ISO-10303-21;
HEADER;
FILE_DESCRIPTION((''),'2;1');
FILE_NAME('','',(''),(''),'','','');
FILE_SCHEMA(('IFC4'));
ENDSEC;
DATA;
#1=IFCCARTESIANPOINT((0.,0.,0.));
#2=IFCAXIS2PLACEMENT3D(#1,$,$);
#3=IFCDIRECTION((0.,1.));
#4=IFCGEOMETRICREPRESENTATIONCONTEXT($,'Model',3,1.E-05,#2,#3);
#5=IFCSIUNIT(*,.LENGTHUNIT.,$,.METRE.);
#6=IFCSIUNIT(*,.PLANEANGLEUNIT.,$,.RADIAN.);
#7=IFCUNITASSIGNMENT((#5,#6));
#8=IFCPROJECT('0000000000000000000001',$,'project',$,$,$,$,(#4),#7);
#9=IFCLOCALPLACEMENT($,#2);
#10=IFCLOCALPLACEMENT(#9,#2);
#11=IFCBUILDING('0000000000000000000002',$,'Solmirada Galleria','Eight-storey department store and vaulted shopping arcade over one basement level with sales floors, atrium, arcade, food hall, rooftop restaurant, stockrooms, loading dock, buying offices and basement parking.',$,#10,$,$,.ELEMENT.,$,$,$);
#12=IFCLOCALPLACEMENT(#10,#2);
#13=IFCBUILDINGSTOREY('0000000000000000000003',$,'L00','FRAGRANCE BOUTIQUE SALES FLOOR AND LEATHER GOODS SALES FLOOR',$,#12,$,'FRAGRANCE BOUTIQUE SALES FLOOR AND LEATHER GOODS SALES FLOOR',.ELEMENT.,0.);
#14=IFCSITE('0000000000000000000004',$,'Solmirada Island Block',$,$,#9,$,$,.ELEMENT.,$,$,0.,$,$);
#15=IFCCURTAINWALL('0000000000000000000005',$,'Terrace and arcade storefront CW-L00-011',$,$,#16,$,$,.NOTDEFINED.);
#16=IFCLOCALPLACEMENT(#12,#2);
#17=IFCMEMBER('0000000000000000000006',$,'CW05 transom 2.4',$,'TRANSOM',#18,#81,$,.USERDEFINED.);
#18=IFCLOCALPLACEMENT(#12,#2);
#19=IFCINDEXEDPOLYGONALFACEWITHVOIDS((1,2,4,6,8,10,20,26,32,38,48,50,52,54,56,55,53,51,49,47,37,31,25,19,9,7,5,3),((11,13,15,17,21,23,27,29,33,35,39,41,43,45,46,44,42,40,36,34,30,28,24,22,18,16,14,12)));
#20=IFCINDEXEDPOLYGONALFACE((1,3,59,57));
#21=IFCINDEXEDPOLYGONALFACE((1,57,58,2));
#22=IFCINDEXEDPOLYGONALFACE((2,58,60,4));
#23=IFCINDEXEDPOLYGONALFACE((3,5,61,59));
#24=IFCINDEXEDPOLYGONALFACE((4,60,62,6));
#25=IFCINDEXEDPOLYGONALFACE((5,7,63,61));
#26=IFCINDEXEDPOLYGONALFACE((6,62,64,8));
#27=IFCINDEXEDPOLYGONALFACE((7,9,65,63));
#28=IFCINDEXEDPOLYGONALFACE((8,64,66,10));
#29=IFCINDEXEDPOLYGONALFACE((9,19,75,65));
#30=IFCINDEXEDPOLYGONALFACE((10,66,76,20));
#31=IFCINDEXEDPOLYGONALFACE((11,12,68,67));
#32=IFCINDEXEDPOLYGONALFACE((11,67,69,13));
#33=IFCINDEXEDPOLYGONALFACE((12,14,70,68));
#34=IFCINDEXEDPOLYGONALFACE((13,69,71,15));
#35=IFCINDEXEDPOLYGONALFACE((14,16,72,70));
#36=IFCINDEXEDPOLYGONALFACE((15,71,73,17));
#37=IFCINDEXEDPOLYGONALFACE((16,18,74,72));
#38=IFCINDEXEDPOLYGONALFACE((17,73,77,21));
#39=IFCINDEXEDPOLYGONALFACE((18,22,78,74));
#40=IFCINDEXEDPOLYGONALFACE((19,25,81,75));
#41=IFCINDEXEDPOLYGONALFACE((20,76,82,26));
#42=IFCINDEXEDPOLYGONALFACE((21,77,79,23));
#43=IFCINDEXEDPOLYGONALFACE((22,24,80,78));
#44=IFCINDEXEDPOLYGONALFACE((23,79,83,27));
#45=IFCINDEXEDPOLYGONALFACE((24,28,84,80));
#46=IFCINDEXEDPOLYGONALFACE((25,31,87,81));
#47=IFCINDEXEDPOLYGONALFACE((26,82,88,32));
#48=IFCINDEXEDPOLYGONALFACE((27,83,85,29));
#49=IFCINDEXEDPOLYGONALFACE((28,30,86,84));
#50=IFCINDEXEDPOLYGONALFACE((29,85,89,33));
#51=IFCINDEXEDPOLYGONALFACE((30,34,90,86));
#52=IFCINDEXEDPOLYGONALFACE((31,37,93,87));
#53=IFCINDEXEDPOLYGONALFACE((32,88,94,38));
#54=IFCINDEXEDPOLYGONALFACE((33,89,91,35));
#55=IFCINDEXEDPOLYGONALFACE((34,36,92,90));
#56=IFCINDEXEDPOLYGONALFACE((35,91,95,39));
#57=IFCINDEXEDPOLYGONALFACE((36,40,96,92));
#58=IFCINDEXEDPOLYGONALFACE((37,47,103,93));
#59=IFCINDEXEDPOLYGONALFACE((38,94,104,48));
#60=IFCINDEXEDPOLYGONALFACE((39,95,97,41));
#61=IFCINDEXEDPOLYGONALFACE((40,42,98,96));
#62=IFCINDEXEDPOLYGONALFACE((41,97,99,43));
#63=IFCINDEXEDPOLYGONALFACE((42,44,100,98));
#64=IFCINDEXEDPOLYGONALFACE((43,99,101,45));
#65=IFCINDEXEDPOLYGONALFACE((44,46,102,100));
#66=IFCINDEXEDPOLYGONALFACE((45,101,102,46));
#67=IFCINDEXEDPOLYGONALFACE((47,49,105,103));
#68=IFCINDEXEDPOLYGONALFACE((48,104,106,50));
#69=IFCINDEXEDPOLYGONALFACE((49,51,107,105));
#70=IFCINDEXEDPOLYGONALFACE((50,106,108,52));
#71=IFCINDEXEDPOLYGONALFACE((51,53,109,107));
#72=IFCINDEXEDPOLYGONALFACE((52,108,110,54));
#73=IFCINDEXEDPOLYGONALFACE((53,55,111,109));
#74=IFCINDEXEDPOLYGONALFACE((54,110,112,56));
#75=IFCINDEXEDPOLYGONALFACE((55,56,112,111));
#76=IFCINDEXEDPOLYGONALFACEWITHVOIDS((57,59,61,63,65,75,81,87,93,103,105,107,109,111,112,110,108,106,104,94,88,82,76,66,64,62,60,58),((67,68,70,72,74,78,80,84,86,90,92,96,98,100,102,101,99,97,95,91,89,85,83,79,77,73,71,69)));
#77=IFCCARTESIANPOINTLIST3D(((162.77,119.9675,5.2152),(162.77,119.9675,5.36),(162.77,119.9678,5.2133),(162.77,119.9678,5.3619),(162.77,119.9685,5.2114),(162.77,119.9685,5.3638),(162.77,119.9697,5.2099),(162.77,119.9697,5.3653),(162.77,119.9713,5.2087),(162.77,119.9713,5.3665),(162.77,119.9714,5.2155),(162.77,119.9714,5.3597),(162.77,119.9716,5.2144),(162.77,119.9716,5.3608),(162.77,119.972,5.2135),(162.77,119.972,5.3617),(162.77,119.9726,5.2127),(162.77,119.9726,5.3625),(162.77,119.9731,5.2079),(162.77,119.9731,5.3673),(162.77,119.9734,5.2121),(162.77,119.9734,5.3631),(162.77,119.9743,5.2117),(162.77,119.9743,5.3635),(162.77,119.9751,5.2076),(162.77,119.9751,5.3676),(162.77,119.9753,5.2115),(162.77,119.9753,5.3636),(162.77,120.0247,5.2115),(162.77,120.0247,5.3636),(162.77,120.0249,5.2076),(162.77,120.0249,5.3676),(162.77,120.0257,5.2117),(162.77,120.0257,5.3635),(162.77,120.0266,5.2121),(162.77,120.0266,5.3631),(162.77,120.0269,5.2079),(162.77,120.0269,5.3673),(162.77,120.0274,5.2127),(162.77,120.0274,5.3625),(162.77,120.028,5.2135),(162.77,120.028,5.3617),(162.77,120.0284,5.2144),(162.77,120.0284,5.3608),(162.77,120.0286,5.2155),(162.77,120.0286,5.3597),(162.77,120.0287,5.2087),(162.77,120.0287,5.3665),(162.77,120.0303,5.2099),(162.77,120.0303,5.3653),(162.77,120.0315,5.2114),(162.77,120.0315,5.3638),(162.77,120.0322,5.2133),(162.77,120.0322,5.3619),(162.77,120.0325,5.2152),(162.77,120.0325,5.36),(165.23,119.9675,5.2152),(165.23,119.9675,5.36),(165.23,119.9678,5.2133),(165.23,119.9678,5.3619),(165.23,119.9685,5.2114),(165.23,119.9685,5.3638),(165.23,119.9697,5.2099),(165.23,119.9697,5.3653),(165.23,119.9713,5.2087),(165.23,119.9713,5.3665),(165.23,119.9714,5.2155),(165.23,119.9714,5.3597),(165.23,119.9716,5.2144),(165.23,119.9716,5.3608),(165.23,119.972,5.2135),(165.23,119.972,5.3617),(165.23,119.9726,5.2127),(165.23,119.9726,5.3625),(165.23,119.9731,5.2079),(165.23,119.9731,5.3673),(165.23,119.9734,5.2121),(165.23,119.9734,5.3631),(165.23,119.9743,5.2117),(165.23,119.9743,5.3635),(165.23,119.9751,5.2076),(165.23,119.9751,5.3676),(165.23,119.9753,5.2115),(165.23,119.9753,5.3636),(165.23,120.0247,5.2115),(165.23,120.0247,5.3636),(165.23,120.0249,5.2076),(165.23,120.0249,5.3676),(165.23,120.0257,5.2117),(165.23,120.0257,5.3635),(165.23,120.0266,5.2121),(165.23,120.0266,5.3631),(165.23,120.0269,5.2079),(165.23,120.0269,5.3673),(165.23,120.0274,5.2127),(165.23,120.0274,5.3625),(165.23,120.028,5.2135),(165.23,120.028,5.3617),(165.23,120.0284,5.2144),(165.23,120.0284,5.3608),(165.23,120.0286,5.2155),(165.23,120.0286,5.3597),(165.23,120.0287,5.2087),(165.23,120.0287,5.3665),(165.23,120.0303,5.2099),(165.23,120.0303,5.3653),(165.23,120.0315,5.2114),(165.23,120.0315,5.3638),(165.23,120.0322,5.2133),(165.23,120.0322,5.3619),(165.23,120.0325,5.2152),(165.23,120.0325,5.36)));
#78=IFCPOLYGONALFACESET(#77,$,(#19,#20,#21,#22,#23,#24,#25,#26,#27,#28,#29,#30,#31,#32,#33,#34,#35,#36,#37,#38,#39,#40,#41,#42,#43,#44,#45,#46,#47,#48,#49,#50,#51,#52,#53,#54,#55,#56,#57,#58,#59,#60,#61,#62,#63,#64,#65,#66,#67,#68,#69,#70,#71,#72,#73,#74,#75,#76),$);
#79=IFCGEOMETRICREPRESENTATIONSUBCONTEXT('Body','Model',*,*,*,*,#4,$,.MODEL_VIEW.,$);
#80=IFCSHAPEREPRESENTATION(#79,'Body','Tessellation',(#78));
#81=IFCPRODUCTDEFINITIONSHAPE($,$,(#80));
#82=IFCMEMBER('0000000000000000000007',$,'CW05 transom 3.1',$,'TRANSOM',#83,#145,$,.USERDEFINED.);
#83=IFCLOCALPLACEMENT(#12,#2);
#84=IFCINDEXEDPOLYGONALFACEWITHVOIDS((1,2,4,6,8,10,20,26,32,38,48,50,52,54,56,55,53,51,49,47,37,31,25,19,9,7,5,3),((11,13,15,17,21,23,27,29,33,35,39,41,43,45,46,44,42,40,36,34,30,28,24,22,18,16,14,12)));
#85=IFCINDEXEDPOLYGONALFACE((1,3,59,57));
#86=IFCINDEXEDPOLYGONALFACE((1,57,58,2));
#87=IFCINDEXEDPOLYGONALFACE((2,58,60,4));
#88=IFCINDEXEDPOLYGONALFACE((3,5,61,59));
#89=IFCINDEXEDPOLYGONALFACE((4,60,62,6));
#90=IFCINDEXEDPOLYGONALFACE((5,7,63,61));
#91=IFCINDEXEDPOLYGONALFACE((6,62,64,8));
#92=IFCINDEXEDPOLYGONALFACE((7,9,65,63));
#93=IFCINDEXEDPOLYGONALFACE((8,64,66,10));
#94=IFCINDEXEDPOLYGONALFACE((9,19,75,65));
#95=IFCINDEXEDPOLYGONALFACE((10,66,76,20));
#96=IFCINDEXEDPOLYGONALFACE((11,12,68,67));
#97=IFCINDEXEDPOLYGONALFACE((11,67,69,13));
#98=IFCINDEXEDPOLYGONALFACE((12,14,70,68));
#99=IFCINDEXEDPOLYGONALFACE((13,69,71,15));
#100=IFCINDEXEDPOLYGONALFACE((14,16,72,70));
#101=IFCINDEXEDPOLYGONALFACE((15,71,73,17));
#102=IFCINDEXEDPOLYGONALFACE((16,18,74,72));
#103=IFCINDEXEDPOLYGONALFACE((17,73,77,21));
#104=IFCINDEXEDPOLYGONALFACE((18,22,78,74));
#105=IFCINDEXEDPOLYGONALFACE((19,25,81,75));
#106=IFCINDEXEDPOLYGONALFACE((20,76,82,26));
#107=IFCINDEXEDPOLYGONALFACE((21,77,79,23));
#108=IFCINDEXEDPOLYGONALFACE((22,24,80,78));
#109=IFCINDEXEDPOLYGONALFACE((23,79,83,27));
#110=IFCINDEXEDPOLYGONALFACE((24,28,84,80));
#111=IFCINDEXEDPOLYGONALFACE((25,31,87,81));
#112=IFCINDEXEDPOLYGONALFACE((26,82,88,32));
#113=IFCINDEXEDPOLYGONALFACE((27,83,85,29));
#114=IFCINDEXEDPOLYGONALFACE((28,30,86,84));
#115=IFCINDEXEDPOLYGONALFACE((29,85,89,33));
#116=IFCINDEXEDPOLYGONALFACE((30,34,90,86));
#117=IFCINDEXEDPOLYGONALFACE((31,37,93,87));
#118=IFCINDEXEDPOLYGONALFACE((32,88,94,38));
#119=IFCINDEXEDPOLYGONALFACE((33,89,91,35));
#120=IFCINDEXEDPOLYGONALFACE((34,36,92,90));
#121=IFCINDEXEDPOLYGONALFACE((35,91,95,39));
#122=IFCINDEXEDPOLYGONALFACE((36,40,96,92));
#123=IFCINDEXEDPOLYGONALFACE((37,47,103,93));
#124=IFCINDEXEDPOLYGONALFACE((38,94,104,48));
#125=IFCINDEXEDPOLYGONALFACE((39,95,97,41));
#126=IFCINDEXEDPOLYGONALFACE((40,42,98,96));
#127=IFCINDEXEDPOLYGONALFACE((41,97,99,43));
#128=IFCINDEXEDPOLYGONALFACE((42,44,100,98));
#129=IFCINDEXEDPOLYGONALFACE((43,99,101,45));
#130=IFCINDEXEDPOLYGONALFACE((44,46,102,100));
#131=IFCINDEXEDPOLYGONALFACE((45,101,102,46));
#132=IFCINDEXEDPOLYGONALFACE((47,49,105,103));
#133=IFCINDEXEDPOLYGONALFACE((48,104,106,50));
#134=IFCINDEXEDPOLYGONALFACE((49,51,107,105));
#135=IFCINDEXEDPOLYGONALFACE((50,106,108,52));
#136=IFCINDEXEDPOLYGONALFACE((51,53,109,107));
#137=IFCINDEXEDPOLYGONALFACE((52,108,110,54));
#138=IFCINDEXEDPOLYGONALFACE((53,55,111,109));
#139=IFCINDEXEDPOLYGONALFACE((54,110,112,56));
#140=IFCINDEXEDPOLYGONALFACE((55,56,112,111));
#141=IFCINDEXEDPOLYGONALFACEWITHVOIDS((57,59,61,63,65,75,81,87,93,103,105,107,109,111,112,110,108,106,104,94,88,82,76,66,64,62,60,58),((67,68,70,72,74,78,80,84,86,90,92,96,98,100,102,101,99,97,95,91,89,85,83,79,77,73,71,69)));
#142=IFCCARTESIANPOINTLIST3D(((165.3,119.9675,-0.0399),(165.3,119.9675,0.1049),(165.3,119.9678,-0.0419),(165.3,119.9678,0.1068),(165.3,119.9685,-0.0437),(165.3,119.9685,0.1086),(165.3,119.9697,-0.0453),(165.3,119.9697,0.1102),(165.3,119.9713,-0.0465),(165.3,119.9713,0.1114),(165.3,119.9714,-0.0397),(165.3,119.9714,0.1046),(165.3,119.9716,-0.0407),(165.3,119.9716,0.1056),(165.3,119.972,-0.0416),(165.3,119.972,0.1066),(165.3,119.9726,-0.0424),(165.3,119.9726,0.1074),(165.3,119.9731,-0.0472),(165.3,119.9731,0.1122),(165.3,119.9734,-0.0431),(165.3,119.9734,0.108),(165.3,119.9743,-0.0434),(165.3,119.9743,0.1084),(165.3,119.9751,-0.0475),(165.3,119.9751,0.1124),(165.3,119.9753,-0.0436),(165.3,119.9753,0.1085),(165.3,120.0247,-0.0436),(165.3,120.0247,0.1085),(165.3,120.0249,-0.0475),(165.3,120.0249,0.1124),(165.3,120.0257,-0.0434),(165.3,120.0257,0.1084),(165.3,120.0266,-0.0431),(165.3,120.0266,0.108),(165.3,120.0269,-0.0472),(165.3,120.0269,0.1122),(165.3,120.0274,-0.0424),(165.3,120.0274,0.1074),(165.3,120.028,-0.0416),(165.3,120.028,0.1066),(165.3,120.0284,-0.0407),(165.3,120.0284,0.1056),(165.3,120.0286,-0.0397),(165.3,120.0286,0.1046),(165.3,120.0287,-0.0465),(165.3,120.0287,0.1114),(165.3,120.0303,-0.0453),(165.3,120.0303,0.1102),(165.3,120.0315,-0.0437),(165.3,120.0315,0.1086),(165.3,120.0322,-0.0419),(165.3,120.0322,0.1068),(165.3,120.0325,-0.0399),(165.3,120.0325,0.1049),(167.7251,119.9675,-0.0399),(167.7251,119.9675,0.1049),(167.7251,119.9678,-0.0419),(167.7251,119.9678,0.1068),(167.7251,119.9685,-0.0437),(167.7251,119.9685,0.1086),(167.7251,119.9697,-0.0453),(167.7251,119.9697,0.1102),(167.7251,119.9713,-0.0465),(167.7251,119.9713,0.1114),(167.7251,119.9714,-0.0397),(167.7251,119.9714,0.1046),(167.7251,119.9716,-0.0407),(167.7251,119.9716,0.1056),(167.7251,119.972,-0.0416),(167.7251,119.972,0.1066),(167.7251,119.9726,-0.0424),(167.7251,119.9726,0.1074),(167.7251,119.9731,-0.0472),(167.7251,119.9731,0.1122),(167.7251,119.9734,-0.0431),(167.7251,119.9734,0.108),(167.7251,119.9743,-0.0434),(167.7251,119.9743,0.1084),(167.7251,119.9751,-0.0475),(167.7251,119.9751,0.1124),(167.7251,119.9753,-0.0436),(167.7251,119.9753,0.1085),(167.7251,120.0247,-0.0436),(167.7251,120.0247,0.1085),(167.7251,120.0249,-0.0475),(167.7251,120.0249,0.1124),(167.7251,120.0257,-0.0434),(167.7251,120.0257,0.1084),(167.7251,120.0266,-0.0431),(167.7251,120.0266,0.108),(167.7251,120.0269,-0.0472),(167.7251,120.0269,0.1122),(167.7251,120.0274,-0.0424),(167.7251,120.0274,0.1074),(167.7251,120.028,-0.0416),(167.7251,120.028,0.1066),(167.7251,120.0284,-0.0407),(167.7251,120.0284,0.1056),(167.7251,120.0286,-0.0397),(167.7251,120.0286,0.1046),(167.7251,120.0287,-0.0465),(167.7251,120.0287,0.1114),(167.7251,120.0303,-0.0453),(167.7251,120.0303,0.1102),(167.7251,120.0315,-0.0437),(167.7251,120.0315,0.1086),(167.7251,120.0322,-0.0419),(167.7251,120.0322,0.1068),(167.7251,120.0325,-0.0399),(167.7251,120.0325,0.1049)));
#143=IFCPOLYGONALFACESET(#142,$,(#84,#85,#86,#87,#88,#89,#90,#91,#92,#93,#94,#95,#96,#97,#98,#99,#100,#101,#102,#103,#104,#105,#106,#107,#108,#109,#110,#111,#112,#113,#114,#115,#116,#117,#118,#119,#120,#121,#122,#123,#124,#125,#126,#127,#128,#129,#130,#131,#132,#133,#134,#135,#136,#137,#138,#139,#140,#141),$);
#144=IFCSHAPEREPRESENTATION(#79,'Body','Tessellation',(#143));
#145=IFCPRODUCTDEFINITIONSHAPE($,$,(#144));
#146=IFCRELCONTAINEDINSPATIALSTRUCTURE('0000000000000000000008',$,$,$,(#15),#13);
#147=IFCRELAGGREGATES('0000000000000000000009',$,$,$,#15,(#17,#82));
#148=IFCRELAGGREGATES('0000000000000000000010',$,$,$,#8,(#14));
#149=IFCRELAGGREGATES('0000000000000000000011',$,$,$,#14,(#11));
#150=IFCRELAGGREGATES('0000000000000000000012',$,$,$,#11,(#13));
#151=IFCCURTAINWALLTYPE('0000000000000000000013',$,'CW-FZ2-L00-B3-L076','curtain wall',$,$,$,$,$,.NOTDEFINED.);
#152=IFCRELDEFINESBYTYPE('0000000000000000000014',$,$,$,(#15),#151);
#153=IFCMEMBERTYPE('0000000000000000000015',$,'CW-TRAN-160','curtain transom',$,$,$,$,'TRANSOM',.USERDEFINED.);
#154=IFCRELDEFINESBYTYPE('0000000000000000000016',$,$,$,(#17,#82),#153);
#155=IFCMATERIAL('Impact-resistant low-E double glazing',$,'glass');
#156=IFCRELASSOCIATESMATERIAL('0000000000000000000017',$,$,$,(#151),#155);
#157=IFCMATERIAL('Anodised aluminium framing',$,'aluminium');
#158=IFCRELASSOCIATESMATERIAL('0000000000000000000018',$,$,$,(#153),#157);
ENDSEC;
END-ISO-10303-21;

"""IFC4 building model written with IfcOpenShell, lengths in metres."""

from ifc_helpers import new_model, si_unit, direction, frame, origin, origin_2d, place, context, subcontext, project, spatial, hollow_rectangle, extrude, material, material_profile, profile_set, type_object, element, aggregate, save


model = new_model("IFC4")

# Units and contexts
model_context = context("Model", 3, precision=1e-05, world=origin(), true_north=direction((0.0, 1.0)))
body_context = subcontext(model_context, "Body", "Model", "MODEL_VIEW")
ifc_project = project(units=[si_unit("LENGTHUNIT", "METRE"), si_unit("PLANEANGLEUNIT", "RADIAN")], contexts=[model_context])

# Site, building, storey
site_placement = place(None, origin())
site = spatial("IfcSite", under=ifc_project, at=site_placement, Name="Solmirada Island Block", CompositionType="ELEMENT", RefElevation=0.0)
building_placement = place(site_placement, origin())
building = spatial("IfcBuilding", under=site, at=building_placement, Name="Solmirada Galleria", Description="Eight-storey department store and vaulted shopping arcade over one basement level with sales floors, atrium, arcade, food hall, rooftop restaurant, stockrooms, loading dock, buying offices and basement parking.", CompositionType="ELEMENT")
storey_placement = place(building_placement, origin())
storey = spatial("IfcBuildingStorey", under=building, at=storey_placement, Name="L00", Description="FRAGRANCE BOUTIQUE SALES FLOOR AND LEATHER GOODS SALES FLOOR", LongName="FRAGRANCE BOUTIQUE SALES FLOOR AND LEATHER GOODS SALES FLOOR", CompositionType="ELEMENT", Elevation=0.0)

# Curtain wall, members
ifc_material_1 = material(Name="Impact-resistant low-E double glazing", Category="glass")
curtain_wall_type = type_object("IfcCurtainWallType", Name="CW-FZ2-L00-B3-L076", Description="curtain wall", PredefinedType="NOTDEFINED", material=ifc_material_1)
curtain_wall_placement = place(storey_placement, origin())
curtain_wall = element("IfcCurtainWall", 1, at=curtain_wall_placement, inside=storey, type_object=curtain_wall_type, Name="Terrace and arcade storefront CW-L00-011", PredefinedType="NOTDEFINED")
ifc_material_2 = material(Name="Anodised aluminium framing", Category="aluminium")
ifc_material_profile_1 = material_profile(ifc_material_2, hollow_rectangle(XDim=0.0649, YDim=0.1599, WallThickness=0.0039, InnerFilletRadius=0.0039, OuterFilletRadius=0.0076, at=origin_2d()), Name="ALU-TRAN-160X65")
ifc_profile_set_1 = profile_set([ifc_material_profile_1], Name="Anodised aluminium framing")
member_type_1 = type_object("IfcMemberType", Name="CW-TRAN-160", Description="curtain transom", ElementType="TRANSOM", PredefinedType="USERDEFINED", material=ifc_profile_set_1)
member_1_placement = place(storey_placement, frame((162.77, 120.0, 5.2876), z_axis=(1.0, 0.0, 0.0), x_axis=(0.0, 1.0, 0.0)))
member_1 = element("IfcMember", 2, at=member_1_placement, type_object=member_type_1, Name="CW05 transom 2.4", ObjectType="TRANSOM", PredefinedType="USERDEFINED", context=body_context, shape_type="SweptSolid", body=[
    extrude(hollow_rectangle(XDim=0.0649, YDim=0.1599, WallThickness=0.0039, InnerFilletRadius=0.0039, OuterFilletRadius=0.0076, at=origin_2d()), origin(), (0.0, 0.0, 1.0), 2.46),
])
member_2_placement = place(storey_placement, frame((165.3, 120.0, 0.0325), z_axis=(1.0, 0.0, 0.0), x_axis=(0.0, 1.0, 0.0)))
member_2 = element("IfcMember", 3, at=member_2_placement, type_object=member_type_1, Name="CW05 transom 3.1", ObjectType="TRANSOM", PredefinedType="USERDEFINED", context=body_context, shape_type="SweptSolid", body=[
    extrude(hollow_rectangle(XDim=0.0649, YDim=0.1599, WallThickness=0.0039, InnerFilletRadius=0.0039, OuterFilletRadius=0.0076, at=origin_2d()), origin(), (0.0, 0.0, 1.0), 2.425),
])
aggregate(curtain_wall, [member_1, member_2])

save(model, "model.ifc")
